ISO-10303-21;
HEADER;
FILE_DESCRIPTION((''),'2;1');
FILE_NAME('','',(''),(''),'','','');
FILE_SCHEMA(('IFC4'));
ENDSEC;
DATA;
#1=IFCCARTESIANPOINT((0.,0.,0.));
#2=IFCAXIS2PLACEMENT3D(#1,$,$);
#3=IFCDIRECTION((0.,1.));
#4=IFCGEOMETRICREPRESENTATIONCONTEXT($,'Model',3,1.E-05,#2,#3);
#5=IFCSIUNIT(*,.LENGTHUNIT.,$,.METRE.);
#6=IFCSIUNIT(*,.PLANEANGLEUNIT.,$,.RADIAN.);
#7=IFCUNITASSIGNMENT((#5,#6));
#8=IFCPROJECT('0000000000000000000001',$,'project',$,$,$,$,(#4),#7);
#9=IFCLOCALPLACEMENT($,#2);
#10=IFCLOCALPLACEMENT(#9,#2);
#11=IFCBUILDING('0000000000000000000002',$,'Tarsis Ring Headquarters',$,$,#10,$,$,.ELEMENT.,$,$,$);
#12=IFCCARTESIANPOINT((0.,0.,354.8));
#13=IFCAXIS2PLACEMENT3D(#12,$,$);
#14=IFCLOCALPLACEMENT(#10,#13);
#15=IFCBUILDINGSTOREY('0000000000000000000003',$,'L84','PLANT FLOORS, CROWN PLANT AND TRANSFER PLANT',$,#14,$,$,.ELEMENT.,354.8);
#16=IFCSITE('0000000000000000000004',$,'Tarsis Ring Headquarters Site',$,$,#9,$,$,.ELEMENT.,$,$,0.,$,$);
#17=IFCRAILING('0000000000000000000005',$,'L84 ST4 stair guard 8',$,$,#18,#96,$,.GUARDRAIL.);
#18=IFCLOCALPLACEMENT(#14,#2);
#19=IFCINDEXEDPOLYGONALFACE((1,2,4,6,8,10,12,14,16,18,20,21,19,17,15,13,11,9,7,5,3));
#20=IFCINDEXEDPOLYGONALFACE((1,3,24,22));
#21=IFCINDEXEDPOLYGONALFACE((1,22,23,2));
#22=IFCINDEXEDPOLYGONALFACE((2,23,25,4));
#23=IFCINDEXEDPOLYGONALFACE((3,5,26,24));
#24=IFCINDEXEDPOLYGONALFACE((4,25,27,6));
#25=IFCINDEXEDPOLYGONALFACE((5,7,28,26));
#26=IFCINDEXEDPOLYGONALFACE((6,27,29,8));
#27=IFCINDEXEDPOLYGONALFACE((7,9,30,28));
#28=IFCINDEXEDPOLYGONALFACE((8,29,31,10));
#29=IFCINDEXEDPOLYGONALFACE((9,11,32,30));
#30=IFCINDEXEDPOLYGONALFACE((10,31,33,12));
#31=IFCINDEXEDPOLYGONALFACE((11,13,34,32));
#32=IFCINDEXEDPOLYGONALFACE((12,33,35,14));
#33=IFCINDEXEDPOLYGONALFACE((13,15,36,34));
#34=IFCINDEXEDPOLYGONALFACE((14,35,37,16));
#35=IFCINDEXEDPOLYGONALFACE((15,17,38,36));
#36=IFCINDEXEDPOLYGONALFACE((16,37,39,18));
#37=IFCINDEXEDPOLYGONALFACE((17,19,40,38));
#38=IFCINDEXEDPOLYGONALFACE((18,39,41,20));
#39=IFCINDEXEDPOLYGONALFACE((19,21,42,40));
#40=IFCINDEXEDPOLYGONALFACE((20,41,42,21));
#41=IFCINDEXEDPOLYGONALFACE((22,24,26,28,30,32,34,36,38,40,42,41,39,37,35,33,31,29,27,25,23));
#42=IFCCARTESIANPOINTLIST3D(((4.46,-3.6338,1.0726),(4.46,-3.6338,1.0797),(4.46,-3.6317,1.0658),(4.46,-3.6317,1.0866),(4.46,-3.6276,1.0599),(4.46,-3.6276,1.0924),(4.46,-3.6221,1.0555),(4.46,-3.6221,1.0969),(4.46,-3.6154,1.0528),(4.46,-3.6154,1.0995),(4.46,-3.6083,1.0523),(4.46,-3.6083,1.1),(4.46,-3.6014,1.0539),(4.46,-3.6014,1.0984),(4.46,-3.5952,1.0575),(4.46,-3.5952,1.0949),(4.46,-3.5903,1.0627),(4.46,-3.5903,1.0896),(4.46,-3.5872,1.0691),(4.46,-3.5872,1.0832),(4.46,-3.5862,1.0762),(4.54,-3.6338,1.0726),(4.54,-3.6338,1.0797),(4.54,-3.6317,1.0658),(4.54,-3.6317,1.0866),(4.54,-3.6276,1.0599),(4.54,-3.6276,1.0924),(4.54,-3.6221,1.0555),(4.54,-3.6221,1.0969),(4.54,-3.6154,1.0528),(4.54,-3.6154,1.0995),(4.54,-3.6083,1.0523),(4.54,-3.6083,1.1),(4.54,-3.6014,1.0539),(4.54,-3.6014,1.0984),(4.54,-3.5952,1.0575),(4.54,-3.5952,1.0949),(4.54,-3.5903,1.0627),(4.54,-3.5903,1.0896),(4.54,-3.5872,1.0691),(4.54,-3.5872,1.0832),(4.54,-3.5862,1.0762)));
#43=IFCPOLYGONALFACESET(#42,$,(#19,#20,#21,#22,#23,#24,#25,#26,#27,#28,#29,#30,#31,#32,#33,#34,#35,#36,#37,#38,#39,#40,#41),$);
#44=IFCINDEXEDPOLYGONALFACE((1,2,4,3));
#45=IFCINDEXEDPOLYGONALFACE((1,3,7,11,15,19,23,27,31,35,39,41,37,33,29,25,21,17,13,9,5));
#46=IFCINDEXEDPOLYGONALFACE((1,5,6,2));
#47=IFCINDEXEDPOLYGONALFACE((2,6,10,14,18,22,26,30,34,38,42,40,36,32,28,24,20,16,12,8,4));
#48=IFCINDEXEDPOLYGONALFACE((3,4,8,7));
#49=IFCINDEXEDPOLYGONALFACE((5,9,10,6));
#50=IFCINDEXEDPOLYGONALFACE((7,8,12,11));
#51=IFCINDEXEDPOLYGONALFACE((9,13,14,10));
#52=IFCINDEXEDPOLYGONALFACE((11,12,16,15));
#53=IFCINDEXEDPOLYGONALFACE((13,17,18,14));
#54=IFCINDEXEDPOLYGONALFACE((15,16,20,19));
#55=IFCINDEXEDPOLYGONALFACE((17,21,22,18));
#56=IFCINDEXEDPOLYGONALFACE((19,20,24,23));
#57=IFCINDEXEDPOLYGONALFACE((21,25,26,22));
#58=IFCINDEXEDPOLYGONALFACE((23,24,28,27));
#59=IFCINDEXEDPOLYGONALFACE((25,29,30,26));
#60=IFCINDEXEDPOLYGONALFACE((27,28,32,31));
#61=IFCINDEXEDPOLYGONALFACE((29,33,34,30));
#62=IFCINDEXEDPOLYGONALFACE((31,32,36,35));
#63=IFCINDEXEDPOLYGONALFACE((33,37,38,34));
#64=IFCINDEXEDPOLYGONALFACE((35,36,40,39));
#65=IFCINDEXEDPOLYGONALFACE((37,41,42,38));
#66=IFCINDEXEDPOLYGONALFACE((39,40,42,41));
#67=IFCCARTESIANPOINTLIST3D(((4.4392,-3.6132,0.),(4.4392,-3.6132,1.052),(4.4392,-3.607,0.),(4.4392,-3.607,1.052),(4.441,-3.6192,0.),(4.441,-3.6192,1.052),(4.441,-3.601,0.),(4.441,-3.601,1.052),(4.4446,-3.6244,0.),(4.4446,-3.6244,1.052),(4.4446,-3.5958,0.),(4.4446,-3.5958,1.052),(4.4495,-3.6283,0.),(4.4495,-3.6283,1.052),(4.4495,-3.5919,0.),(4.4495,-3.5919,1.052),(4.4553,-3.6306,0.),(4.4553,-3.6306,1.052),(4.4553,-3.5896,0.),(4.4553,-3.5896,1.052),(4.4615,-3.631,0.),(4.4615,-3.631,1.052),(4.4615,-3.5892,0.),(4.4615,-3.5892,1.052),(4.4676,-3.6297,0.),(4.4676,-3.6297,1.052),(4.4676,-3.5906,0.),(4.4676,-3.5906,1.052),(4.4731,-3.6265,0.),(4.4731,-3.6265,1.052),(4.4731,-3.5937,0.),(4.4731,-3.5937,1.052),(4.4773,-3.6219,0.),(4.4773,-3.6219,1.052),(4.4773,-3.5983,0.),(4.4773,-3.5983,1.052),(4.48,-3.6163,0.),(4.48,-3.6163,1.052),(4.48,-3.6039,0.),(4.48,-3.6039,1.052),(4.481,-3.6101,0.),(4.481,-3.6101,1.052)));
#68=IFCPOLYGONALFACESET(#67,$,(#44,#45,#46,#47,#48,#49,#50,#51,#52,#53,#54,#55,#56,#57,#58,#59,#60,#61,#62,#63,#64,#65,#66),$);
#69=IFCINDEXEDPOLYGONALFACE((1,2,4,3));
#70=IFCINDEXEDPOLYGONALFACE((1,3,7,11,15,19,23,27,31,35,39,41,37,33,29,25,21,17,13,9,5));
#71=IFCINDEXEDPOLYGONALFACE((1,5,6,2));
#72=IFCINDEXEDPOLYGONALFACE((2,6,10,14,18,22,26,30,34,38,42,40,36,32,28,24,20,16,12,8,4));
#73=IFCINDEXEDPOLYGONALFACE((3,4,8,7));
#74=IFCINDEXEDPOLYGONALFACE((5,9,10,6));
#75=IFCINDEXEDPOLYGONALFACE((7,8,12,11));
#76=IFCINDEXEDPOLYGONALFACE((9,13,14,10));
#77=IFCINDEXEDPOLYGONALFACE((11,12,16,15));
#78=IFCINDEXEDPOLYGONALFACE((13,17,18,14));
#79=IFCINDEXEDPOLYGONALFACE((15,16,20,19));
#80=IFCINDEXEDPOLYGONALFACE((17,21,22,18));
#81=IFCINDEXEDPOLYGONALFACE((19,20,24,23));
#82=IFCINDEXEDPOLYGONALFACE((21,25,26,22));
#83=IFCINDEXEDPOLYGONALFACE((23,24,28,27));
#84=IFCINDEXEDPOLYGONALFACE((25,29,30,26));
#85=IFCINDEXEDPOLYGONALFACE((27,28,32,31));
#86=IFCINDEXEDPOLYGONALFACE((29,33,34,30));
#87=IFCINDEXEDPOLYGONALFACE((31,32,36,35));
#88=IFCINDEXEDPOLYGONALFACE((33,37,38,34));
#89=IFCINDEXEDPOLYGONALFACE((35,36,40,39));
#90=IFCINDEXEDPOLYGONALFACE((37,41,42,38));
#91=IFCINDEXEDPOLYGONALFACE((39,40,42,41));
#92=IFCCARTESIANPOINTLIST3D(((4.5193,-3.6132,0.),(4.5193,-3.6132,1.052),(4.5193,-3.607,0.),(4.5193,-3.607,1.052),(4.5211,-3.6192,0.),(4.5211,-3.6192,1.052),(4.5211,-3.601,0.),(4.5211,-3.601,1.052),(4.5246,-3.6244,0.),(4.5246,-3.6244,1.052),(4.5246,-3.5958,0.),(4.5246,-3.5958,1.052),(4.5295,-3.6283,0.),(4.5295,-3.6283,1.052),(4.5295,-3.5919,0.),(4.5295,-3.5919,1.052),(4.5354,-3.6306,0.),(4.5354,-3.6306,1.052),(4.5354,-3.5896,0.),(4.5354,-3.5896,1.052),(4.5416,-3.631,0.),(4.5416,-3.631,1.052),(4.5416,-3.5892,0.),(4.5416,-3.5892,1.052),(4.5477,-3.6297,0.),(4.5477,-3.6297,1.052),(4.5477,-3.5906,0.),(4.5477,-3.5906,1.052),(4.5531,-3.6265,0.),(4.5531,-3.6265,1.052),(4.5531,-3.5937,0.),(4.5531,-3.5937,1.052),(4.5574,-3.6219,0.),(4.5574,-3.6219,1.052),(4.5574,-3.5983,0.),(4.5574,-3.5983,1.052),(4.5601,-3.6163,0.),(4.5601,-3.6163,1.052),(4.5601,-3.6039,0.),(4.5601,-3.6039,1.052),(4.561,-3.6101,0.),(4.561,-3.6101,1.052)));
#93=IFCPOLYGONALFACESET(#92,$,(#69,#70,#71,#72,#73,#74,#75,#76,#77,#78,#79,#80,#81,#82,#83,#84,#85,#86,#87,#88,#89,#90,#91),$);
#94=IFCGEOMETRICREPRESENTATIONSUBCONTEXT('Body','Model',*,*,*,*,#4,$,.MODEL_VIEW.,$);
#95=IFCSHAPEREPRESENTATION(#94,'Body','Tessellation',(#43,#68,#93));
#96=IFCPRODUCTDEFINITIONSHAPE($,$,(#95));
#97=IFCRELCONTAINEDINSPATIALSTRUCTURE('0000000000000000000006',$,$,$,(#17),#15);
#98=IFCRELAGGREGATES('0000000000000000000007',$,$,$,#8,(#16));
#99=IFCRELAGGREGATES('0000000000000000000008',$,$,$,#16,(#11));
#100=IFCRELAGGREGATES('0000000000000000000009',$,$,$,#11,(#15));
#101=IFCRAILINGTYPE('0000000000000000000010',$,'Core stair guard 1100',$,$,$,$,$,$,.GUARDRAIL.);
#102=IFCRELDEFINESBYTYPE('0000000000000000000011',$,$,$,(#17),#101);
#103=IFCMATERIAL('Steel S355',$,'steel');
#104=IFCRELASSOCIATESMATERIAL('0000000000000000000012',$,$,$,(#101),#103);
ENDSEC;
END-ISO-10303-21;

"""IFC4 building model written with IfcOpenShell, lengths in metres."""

from ifc_helpers import new_model, si_unit, direction, frame, origin, origin_2d, place, context, subcontext, project, spatial, circle, extrude, material, type_object, element, save


model = new_model("IFC4")

# Units and contexts
model_context = context("Model", 3, precision=1e-05, world=origin(), true_north=direction((0.0, 1.0)))
body_context = subcontext(model_context, "Body", "Model", "MODEL_VIEW")
ifc_project = project(units=[si_unit("LENGTHUNIT", "METRE"), si_unit("PLANEANGLEUNIT", "RADIAN")], contexts=[model_context])

# Site, building, storey
site_placement = place(None, origin())
site = spatial("IfcSite", under=ifc_project, at=site_placement, Name="Tarsis Ring Headquarters Site", CompositionType="ELEMENT", RefElevation=0.0)
building_placement = place(site_placement, origin())
building = spatial("IfcBuilding", under=site, at=building_placement, Name="Tarsis Ring Headquarters", CompositionType="ELEMENT")
storey_placement = place(building_placement, frame((0.0, 0.0, 354.8)))
storey = spatial("IfcBuildingStorey", under=building, at=storey_placement, Name="L84", Description="PLANT FLOORS, CROWN PLANT AND TRANSFER PLANT", CompositionType="ELEMENT", Elevation=354.8)

# Railing
ifc_material_1 = material(Name="Steel S355", Category="steel")
railing_type_1 = type_object("IfcRailingType", Name="Core stair guard 1100", PredefinedType="GUARDRAIL", material=ifc_material_1)
railing_1_placement = place(storey_placement, frame((4.46, -3.6101, 0.0)))
element("IfcRailing", 1, at=railing_1_placement, inside=storey, type_object=railing_type_1, Name="L84 ST4 stair guard 8", PredefinedType="GUARDRAIL", context=body_context, shape_type="SweptSolid", body=[
    extrude(circle(Radius=0.0239, at=origin_2d()), frame((0.0, 0.0, 1.0762), z_axis=(1.0, 0.0, 0.0), x_axis=(0.0, 1.0, 0.0)), (0.0, 0.0, 1.0), 0.0801),
    extrude(circle(Radius=0.021, at=origin_2d()), origin(), (0.0, 0.0, 1.0), 1.052),
    extrude(circle(Radius=0.021, at=origin_2d()), frame((0.0801, 0.0, 0.0)), (0.0, 0.0, 1.0), 1.052),
])

save(model, "model.ifc")
